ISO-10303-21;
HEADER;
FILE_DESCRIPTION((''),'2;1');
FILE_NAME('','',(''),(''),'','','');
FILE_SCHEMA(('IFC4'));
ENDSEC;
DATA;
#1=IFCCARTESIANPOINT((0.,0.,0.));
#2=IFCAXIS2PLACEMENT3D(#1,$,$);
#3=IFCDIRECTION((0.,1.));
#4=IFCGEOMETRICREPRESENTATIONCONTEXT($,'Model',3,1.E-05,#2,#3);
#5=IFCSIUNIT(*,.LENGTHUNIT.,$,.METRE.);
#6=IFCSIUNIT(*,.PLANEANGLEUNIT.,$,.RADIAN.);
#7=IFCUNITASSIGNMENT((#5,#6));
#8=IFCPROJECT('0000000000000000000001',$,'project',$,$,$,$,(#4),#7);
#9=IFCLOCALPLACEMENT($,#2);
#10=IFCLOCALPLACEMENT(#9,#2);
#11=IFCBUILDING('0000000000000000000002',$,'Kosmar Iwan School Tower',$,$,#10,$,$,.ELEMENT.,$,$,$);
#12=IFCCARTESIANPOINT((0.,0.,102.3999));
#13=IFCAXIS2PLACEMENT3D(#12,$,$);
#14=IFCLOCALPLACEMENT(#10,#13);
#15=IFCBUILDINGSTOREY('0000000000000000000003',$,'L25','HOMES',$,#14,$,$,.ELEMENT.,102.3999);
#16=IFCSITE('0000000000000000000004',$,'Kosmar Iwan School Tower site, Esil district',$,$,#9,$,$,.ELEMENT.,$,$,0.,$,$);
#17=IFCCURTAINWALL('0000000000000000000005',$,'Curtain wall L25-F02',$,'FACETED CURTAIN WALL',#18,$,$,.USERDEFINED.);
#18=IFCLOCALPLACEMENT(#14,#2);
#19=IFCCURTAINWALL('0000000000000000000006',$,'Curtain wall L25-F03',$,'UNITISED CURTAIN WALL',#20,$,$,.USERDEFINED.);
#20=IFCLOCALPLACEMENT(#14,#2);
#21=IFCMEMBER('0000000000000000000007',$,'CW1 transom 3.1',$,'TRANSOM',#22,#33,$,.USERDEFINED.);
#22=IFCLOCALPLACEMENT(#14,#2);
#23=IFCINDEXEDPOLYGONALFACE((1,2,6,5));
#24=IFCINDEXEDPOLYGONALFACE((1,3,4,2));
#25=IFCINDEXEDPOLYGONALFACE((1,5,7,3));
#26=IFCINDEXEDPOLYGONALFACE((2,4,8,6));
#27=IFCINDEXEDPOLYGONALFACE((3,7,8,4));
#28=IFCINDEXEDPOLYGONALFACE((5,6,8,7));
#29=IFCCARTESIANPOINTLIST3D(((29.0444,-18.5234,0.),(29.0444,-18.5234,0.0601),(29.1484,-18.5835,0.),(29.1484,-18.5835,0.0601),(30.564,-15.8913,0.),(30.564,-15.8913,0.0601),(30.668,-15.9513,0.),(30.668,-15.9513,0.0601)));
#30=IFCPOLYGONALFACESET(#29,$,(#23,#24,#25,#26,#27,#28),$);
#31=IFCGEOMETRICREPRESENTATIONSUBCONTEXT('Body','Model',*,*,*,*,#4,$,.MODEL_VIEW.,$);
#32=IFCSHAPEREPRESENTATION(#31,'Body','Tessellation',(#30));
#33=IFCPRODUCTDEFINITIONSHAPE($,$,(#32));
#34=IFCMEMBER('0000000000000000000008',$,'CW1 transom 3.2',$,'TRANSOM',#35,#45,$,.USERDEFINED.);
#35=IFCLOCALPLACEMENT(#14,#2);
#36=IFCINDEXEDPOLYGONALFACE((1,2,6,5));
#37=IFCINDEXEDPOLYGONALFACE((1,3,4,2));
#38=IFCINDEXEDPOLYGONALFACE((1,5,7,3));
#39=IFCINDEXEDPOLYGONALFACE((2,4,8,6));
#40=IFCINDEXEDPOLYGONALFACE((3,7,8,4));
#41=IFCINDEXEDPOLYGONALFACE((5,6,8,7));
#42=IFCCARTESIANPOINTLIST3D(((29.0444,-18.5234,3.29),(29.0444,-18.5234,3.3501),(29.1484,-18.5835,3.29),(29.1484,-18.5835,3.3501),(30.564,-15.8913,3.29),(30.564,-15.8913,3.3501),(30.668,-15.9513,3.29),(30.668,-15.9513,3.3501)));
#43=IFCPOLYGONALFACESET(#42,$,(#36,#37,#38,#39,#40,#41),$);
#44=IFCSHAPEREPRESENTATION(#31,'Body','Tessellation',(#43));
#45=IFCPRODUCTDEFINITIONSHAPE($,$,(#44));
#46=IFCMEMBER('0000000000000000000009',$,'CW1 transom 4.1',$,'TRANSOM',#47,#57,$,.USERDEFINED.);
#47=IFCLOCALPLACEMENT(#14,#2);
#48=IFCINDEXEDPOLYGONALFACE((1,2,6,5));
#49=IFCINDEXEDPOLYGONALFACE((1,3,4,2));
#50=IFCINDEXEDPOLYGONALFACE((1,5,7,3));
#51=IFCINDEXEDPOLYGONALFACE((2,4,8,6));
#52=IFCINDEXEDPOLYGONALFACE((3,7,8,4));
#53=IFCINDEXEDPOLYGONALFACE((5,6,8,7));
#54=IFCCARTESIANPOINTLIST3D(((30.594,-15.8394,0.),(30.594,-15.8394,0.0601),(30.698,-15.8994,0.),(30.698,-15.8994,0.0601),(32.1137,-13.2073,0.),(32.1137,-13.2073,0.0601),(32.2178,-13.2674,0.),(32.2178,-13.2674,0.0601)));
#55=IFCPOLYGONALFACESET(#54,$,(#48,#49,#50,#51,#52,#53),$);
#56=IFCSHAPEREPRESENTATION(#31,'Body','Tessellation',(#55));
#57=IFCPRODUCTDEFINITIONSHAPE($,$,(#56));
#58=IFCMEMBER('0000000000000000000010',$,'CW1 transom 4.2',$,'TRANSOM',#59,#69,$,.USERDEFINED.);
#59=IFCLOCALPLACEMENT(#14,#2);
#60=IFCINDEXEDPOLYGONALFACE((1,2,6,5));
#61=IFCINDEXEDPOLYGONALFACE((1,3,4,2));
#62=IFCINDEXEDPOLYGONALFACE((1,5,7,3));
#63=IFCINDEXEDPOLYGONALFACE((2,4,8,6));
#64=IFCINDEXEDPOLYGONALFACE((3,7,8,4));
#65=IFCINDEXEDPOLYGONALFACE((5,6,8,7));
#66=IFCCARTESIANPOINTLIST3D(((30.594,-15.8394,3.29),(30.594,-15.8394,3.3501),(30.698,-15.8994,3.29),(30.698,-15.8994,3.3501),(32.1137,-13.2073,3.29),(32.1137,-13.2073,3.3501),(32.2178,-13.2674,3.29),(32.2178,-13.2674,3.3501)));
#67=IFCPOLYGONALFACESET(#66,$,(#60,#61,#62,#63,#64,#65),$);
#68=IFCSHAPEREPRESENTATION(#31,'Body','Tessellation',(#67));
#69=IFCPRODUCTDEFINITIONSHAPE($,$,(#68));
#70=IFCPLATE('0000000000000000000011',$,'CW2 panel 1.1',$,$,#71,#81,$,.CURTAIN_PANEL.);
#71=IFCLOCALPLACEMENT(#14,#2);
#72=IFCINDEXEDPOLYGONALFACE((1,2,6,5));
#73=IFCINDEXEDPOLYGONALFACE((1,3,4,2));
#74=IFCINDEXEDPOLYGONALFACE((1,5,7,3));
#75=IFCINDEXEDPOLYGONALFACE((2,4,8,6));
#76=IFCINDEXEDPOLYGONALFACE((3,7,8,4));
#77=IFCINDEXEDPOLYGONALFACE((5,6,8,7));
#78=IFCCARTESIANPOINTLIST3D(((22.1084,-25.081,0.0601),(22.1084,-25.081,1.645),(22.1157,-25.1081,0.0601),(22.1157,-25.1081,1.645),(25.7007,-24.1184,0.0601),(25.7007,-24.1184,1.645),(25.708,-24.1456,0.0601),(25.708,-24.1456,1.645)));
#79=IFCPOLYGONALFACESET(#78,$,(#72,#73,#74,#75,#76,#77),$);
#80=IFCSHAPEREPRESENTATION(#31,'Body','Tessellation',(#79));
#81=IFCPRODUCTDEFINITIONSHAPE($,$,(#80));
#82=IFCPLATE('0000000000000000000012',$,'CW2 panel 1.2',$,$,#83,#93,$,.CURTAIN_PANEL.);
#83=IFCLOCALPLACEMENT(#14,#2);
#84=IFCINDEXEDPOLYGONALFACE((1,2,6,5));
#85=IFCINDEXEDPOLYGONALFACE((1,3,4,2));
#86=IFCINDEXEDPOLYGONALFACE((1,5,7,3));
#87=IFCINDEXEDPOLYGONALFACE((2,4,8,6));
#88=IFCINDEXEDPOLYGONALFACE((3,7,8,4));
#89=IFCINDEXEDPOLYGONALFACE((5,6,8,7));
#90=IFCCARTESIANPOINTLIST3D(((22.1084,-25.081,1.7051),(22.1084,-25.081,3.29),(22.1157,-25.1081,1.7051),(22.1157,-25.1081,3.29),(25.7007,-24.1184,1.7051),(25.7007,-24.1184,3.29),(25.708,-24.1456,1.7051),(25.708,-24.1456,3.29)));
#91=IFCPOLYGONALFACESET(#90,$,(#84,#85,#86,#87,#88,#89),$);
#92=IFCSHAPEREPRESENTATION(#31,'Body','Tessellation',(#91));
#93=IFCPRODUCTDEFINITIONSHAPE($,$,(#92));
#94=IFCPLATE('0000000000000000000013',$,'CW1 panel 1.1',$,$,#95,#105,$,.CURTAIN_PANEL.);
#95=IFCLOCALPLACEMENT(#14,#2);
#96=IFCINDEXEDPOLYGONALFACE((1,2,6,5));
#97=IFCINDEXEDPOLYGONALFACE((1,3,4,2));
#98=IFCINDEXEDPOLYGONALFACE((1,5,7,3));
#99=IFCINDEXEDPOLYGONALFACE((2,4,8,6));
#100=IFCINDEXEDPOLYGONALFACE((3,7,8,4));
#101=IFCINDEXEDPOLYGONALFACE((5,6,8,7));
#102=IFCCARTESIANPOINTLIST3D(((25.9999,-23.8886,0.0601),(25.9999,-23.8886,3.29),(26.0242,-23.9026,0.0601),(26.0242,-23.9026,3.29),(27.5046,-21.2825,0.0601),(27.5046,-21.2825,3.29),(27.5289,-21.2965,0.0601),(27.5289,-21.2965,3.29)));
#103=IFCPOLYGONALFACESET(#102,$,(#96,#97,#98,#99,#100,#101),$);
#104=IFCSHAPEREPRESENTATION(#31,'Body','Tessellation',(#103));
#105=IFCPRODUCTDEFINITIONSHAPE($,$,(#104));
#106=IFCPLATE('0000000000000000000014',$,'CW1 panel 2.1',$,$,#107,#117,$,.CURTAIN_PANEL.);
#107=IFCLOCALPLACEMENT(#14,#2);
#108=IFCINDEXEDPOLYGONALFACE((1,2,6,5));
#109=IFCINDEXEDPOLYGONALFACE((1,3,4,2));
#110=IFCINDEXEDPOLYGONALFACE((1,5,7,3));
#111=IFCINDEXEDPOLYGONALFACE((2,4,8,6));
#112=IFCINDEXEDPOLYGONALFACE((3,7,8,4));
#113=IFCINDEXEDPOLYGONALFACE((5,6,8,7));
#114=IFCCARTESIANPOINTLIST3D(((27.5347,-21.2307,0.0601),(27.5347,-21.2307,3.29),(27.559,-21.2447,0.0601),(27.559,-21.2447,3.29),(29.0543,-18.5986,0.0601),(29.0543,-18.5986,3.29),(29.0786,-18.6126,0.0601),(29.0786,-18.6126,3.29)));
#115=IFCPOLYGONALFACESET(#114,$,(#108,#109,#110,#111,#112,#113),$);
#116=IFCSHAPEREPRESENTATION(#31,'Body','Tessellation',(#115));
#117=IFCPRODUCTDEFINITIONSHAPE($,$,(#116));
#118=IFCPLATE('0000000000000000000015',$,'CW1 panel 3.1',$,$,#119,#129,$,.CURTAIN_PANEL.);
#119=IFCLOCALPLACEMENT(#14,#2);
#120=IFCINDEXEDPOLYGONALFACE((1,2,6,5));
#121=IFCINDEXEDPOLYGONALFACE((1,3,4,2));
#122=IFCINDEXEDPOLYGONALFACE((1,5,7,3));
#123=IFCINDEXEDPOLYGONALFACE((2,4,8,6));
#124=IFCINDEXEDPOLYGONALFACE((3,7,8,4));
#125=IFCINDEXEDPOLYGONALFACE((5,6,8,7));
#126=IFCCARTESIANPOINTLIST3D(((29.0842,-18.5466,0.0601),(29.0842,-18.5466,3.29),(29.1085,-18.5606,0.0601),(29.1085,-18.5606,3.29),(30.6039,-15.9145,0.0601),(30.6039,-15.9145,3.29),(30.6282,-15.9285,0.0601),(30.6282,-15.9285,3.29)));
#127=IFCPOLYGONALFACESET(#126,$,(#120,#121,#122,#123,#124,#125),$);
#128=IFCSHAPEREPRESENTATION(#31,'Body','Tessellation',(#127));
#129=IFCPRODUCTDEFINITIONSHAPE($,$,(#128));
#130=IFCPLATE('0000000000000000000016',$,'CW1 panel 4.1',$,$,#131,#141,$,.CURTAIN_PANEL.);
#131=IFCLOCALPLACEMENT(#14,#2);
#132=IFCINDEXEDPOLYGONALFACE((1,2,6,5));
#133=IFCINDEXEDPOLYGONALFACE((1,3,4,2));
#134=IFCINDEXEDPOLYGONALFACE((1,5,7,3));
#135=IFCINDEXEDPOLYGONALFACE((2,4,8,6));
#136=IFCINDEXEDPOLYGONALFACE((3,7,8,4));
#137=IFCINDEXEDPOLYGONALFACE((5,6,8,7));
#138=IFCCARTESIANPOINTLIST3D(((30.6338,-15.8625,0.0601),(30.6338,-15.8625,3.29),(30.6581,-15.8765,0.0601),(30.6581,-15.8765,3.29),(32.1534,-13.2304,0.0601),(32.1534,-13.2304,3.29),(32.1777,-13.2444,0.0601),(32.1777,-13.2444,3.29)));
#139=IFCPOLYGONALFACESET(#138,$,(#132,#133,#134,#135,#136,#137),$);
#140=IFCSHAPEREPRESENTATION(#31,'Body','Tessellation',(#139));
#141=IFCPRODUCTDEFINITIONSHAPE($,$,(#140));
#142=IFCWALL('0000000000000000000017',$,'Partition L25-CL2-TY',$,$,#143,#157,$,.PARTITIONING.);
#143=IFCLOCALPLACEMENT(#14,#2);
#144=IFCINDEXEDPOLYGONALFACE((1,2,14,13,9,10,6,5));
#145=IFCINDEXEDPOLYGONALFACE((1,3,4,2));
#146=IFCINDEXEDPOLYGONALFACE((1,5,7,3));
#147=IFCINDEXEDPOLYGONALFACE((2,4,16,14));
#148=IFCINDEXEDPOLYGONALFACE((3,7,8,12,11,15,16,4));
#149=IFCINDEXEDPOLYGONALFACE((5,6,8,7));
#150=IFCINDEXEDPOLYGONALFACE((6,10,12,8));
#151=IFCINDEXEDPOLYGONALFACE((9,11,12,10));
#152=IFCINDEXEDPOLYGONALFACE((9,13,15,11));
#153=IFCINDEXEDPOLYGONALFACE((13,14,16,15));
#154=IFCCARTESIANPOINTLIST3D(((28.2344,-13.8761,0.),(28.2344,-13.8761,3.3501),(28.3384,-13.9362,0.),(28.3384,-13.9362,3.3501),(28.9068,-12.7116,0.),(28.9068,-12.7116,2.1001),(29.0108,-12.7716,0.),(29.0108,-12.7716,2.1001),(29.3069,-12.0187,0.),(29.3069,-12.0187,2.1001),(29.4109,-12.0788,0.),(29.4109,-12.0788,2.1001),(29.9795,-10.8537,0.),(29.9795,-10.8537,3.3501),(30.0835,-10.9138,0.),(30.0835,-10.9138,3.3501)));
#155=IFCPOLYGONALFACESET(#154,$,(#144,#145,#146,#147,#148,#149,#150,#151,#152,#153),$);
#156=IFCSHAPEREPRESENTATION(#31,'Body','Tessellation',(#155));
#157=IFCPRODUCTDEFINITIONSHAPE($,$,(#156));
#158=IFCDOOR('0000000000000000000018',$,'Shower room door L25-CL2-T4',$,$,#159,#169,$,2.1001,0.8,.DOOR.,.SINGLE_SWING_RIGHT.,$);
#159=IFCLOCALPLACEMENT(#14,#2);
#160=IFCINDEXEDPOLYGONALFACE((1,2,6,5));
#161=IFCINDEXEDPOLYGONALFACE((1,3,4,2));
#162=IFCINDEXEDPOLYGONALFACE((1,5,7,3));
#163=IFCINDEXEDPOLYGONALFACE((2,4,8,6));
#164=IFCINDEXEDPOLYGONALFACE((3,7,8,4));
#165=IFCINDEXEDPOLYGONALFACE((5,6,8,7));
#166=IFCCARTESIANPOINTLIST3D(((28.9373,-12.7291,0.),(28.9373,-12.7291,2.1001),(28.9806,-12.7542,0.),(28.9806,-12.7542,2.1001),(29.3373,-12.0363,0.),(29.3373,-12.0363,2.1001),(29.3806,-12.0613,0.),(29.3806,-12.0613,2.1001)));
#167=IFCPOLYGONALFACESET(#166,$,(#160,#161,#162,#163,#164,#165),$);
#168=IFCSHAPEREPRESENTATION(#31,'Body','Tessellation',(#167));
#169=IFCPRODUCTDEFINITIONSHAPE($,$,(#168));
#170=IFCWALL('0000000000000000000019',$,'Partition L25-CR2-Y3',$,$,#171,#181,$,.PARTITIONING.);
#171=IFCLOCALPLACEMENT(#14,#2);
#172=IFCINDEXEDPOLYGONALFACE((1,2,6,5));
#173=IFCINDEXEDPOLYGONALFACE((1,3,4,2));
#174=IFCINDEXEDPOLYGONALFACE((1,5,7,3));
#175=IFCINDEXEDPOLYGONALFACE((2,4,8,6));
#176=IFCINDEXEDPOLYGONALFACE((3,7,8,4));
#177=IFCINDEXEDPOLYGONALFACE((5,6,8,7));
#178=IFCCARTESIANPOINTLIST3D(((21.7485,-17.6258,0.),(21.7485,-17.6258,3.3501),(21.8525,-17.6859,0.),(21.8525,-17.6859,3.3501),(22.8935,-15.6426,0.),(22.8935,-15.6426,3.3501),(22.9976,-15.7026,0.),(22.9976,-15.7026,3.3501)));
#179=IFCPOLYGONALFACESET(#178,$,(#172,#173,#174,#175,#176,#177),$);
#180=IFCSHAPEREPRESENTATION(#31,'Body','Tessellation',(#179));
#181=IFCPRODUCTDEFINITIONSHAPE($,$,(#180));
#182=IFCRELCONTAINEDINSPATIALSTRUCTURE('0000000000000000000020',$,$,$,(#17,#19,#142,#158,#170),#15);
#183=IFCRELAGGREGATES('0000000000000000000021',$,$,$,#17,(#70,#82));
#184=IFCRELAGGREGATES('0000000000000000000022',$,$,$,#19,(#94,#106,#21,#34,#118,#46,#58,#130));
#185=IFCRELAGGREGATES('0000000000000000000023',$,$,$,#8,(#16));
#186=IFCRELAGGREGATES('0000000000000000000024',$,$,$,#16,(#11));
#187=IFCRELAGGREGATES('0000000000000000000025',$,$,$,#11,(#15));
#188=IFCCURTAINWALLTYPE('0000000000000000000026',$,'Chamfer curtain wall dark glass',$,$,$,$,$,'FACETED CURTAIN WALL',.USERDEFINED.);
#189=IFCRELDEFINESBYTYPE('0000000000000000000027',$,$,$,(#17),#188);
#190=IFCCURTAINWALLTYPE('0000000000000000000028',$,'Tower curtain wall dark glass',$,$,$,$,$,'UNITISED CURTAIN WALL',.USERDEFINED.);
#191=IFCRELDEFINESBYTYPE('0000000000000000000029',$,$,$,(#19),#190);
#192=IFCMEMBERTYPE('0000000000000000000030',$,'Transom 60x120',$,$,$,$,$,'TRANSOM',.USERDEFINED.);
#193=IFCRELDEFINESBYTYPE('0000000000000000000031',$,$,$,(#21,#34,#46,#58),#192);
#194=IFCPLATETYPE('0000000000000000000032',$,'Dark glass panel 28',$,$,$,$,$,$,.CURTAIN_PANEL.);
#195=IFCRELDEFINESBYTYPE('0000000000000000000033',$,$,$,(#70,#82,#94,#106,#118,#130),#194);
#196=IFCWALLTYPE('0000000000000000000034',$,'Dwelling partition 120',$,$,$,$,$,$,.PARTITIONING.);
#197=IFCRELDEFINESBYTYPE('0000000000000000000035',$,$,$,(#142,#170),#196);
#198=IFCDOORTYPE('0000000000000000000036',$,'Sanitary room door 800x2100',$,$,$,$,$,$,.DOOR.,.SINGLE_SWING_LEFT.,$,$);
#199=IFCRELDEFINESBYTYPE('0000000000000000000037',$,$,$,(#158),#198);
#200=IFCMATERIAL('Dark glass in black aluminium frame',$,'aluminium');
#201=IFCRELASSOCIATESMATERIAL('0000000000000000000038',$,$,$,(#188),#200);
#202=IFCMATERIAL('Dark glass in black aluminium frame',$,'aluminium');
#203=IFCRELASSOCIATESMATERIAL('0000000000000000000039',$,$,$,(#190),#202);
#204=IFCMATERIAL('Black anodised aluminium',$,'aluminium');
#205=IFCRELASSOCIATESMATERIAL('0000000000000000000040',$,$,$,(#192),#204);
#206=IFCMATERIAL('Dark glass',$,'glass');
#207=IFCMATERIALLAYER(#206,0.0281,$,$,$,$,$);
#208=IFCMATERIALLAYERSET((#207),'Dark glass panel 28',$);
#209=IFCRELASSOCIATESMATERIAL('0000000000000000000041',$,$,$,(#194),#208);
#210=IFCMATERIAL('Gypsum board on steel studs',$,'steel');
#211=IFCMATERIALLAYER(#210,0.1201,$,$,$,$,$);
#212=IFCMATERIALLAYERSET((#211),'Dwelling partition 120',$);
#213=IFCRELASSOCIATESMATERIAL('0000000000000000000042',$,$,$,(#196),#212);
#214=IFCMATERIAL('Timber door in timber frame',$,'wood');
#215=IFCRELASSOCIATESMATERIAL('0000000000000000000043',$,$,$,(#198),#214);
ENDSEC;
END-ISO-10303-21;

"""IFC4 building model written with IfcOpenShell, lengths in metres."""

from ifc_helpers import new_model, si_unit, direction, frame, frame_2d, origin, origin_2d, place, context, subcontext, project, spatial, rectangle, extrude, material, layer, layer_set, material_profile, profile_set, type_object, element, fill, aggregate, save


model = new_model("IFC4")

# Units and contexts
model_context = context("Model", 3, precision=1e-05, world=origin(), true_north=direction((0.0, 1.0)))
body_context = subcontext(model_context, "Body", "Model", "MODEL_VIEW")
ifc_project = project(units=[si_unit("LENGTHUNIT", "METRE"), si_unit("PLANEANGLEUNIT", "RADIAN")], contexts=[model_context])

# Site, building, storey
site_placement = place(None, origin())
site = spatial("IfcSite", under=ifc_project, at=site_placement, Name="Kosmar Iwan School Tower site, Esil district", CompositionType="ELEMENT", RefElevation=0.0)
building_placement = place(site_placement, origin())
building = spatial("IfcBuilding", under=site, at=building_placement, Name="Kosmar Iwan School Tower", CompositionType="ELEMENT")
storey_placement = place(building_placement, frame((0.0, 0.0, 102.3999)))
storey = spatial("IfcBuildingStorey", under=building, at=storey_placement, Name="L25", Description="HOMES", CompositionType="ELEMENT", Elevation=102.3999)

# Curtain wall
ifc_material_1 = material(Name="Dark glass in black aluminium frame", Category="aluminium")
curtain_wall_type_1 = type_object("IfcCurtainWallType", Name="Chamfer curtain wall dark glass", ElementType="FACETED CURTAIN WALL", PredefinedType="USERDEFINED", material=ifc_material_1)
curtain_wall_1_placement = place(storey_placement, origin())
curtain_wall_1 = element("IfcCurtainWall", 1, at=curtain_wall_1_placement, inside=storey, type_object=curtain_wall_type_1, Name="Curtain wall L25-F02", ObjectType="FACETED CURTAIN WALL", PredefinedType="USERDEFINED")

# Curtain wall
ifc_material_2 = material(Name="Dark glass in black aluminium frame", Category="aluminium")
curtain_wall_type_2 = type_object("IfcCurtainWallType", Name="Tower curtain wall dark glass", ElementType="UNITISED CURTAIN WALL", PredefinedType="USERDEFINED", material=ifc_material_2)
curtain_wall_2_placement = place(storey_placement, origin())
curtain_wall_2 = element("IfcCurtainWall", 2, at=curtain_wall_2_placement, inside=storey, type_object=curtain_wall_type_2, Name="Curtain wall L25-F03", ObjectType="UNITISED CURTAIN WALL", PredefinedType="USERDEFINED")

# Members
ifc_material_3 = material(Name="Black anodised aluminium", Category="aluminium")
ifc_material_profile_1 = material_profile(ifc_material_3, rectangle(XDim=0.1201, YDim=0.0601, at=origin_2d()), Name="TRANSOM 60x120")
ifc_profile_set_1 = profile_set([ifc_material_profile_1], Name="Black anodised aluminium")
member_type_1 = type_object("IfcMemberType", Name="Transom 60x120", ElementType="TRANSOM", PredefinedType="USERDEFINED", material=ifc_profile_set_1)
member_1_placement = place(storey_placement, frame((29.0964, -18.5535, 0.03), z_axis=(0.499975, 0.86604, 0.0), x_axis=(-0.86604, 0.499975, 0.0)))
member_1 = element("IfcMember", 3, at=member_1_placement, type_object=member_type_1, Name="CW1 transom 3.1", ObjectType="TRANSOM", PredefinedType="USERDEFINED", context=body_context, shape_type="SweptSolid", body=[
    extrude(rectangle(XDim=0.1201, YDim=0.0601, at=origin_2d()), origin(), (0.0, 0.0, 1.0), 3.0393),
])
member_2_placement = place(storey_placement, frame((29.0964, -18.5535, 3.3201), z_axis=(0.499975, 0.86604, 0.0), x_axis=(-0.86604, 0.499975, 0.0)))
member_2 = element("IfcMember", 4, at=member_2_placement, type_object=member_type_1, Name="CW1 transom 3.2", ObjectType="TRANSOM", PredefinedType="USERDEFINED", context=body_context, shape_type="SweptSolid", body=[
    extrude(rectangle(XDim=0.1201, YDim=0.0601, at=origin_2d()), origin(), (0.0, 0.0, 1.0), 3.0393),
])
member_3_placement = place(storey_placement, frame((30.646, -15.8694, 0.03), z_axis=(0.500035, 0.866005, 0.0), x_axis=(-0.866005, 0.500035, 0.0)))
member_3 = element("IfcMember", 5, at=member_3_placement, type_object=member_type_1, Name="CW1 transom 4.1", ObjectType="TRANSOM", PredefinedType="USERDEFINED", context=body_context, shape_type="SweptSolid", body=[
    extrude(rectangle(XDim=0.1201, YDim=0.0601, at=origin_2d()), origin(), (0.0, 0.0, 1.0), 3.0393),
])
member_4_placement = place(storey_placement, frame((30.646, -15.8694, 3.3201), z_axis=(0.500035, 0.866005, 0.0), x_axis=(-0.866005, 0.500035, 0.0)))
member_4 = element("IfcMember", 6, at=member_4_placement, type_object=member_type_1, Name="CW1 transom 4.2", ObjectType="TRANSOM", PredefinedType="USERDEFINED", context=body_context, shape_type="SweptSolid", body=[
    extrude(rectangle(XDim=0.1201, YDim=0.0601, at=origin_2d()), origin(), (0.0, 0.0, 1.0), 3.0393),
])

# Plates
ifc_material_4 = material(Name="Dark glass", Category="glass")
ifc_layer_1 = layer(ifc_material_4, 0.0281)
ifc_layer_set_1 = layer_set([ifc_layer_1], Name="Dark glass panel 28")
plate_type = type_object("IfcPlateType", Name="Dark glass panel 28", PredefinedType="CURTAIN_PANEL", material=ifc_layer_set_1)
plate_1_placement = place(storey_placement, frame((23.9082, -24.6133, 0.0601), z_axis=(0.0, 0.0, 1.0), x_axis=(0.965926, 0.258819, 0.0)))
plate_1 = element("IfcPlate", 7, at=plate_1_placement, type_object=plate_type, Name="CW2 panel 1.1", PredefinedType="CURTAIN_PANEL", context=body_context, shape_type="SweptSolid", body=[
    extrude(rectangle(XDim=3.719, YDim=0.0281, at=origin_2d()), origin(), (0.0, 0.0, 1.0), 1.585),
])
plate_2_placement = place(storey_placement, frame((23.9082, -24.6133, 1.7051), z_axis=(0.0, 0.0, 1.0), x_axis=(0.965926, 0.258819, 0.0)))
plate_2 = element("IfcPlate", 8, at=plate_2_placement, type_object=plate_type, Name="CW2 panel 1.2", PredefinedType="CURTAIN_PANEL", context=body_context, shape_type="SweptSolid", body=[
    extrude(rectangle(XDim=3.719, YDim=0.0281, at=origin_2d()), origin(), (0.0, 0.0, 1.0), 1.585),
])
aggregate(curtain_wall_1, [plate_1, plate_2])
plate_3_placement = place(storey_placement, frame((26.7644, -22.5925, 0.0601), z_axis=(0.0, 0.0, 1.0), x_axis=(0.5, 0.866025, 0.0)))
plate_3 = element("IfcPlate", 9, at=plate_3_placement, type_object=plate_type, Name="CW1 panel 1.1", PredefinedType="CURTAIN_PANEL", context=body_context, shape_type="SweptSolid", body=[
    extrude(rectangle(XDim=3.0093, YDim=0.0281, at=origin_2d()), origin(), (0.0, 0.0, 1.0), 3.23),
])
plate_4_placement = place(storey_placement, frame((28.3066, -19.9216, 0.0601), z_axis=(0.0, 0.0, 1.0), x_axis=(0.5, 0.866025, 0.0)))
plate_4 = element("IfcPlate", 10, at=plate_4_placement, type_object=plate_type, Name="CW1 panel 2.1", PredefinedType="CURTAIN_PANEL", context=body_context, shape_type="SweptSolid", body=[
    extrude(rectangle(XDim=3.0393, YDim=0.0281, at=origin_2d()), origin(), (0.0, 0.0, 1.0), 3.23),
])
plate_5_placement = place(storey_placement, frame((29.8562, -17.2375, 0.0601), z_axis=(0.0, 0.0, 1.0), x_axis=(0.5, 0.866025, 0.0)))
plate_5 = element("IfcPlate", 11, at=plate_5_placement, type_object=plate_type, Name="CW1 panel 3.1", PredefinedType="CURTAIN_PANEL", context=body_context, shape_type="SweptSolid", body=[
    extrude(rectangle(XDim=3.0393, YDim=0.0281, at=origin_2d()), origin(), (0.0, 0.0, 1.0), 3.23),
])
plate_6_placement = place(storey_placement, frame((31.4058, -14.5535, 0.0601), z_axis=(0.0, 0.0, 1.0), x_axis=(0.5, 0.866025, 0.0)))
plate_6 = element("IfcPlate", 12, at=plate_6_placement, type_object=plate_type, Name="CW1 panel 4.1", PredefinedType="CURTAIN_PANEL", context=body_context, shape_type="SweptSolid", body=[
    extrude(rectangle(XDim=3.0393, YDim=0.0281, at=origin_2d()), origin(), (0.0, 0.0, 1.0), 3.23),
])
aggregate(curtain_wall_2, [plate_3, plate_4, member_1, member_2, plate_5, member_3, member_4, plate_6])

# Wall, opening, door
ifc_material_5 = material(Name="Gypsum board on steel studs", Category="steel")
ifc_layer_2 = layer(ifc_material_5, 0.1201)
ifc_layer_set_2 = layer_set([ifc_layer_2], Name="Dwelling partition 120")
wall_type = type_object("IfcWallType", Name="Dwelling partition 120", PredefinedType="PARTITIONING", material=ifc_layer_set_2)
wall_1_placement = place(storey_placement, frame((28.2864, -13.9062, 0.0), z_axis=(0.0, 0.0, 1.0), x_axis=(0.500021, 0.866013, 0.0)))
wall_1 = element("IfcWall", 13, at=wall_1_placement, inside=storey, type_object=wall_type, Name="Partition L25-CL2-TY", PredefinedType="PARTITIONING", context=body_context, shape_type="SweptSolid", body=[
    extrude(rectangle(XDim=3.49, YDim=0.1201, at=frame_2d((1.7451, 0.0))), origin(), (0.0, 0.0, 1.0), 3.3501),
])
opening_placement = place(wall_1_placement, frame((1.345, 0.0, 0.0)))
opening = element("IfcOpeningElement", 14, at=opening_placement, cuts=wall_1, PredefinedType="OPENING", context=body_context, shape_type="SweptSolid", body=[
    extrude(rectangle(XDim=0.8, YDim=2.1001, at=frame_2d((0.3999, 1.05))), frame((0.0, 0.072, 0.0), z_axis=(0.0, -1.0, 0.0), x_axis=(1.0, 0.0, 0.0)), (0.0, 0.0, 1.0), 0.144),
])
ifc_material_6 = material(Name="Timber door in timber frame", Category="wood")
door_type = type_object("IfcDoorType", Name="Sanitary room door 800x2100", OperationType="SINGLE_SWING_LEFT", PredefinedType="DOOR", material=ifc_material_6)
door_placement = place(opening_placement, origin())
door = element("IfcDoor", 15, at=door_placement, inside=storey, type_object=door_type, Name="Shower room door L25-CL2-T4", OperationType="SINGLE_SWING_RIGHT", OverallHeight=2.1001, OverallWidth=0.8, PredefinedType="DOOR", context=body_context, shape_type="SweptSolid", body=[
    extrude(rectangle(XDim=0.8, YDim=2.1001, at=frame_2d((0.3999, 1.05))), frame((0.0, 0.0249, 0.0), z_axis=(0.0, -1.0, 0.0), x_axis=(1.0, 0.0, 0.0)), (0.0, 0.0, 1.0), 0.05),
])
fill(opening, door)

# Wall
wall_2_placement = place(storey_placement, frame((22.9456, -15.6726, 0.0), z_axis=(0.0, 0.0, 1.0), x_axis=(-0.500015, -0.866017, 0.0)))
element("IfcWall", 16, at=wall_2_placement, inside=storey, type_object=wall_type, Name="Partition L25-CR2-Y3", PredefinedType="PARTITIONING", context=body_context, shape_type="SweptSolid", body=[
    extrude(rectangle(XDim=2.29, YDim=0.1201, at=frame_2d((1.145, 0.0))), origin(), (0.0, 0.0, 1.0), 3.3501),
])

save(model, "model.ifc")
